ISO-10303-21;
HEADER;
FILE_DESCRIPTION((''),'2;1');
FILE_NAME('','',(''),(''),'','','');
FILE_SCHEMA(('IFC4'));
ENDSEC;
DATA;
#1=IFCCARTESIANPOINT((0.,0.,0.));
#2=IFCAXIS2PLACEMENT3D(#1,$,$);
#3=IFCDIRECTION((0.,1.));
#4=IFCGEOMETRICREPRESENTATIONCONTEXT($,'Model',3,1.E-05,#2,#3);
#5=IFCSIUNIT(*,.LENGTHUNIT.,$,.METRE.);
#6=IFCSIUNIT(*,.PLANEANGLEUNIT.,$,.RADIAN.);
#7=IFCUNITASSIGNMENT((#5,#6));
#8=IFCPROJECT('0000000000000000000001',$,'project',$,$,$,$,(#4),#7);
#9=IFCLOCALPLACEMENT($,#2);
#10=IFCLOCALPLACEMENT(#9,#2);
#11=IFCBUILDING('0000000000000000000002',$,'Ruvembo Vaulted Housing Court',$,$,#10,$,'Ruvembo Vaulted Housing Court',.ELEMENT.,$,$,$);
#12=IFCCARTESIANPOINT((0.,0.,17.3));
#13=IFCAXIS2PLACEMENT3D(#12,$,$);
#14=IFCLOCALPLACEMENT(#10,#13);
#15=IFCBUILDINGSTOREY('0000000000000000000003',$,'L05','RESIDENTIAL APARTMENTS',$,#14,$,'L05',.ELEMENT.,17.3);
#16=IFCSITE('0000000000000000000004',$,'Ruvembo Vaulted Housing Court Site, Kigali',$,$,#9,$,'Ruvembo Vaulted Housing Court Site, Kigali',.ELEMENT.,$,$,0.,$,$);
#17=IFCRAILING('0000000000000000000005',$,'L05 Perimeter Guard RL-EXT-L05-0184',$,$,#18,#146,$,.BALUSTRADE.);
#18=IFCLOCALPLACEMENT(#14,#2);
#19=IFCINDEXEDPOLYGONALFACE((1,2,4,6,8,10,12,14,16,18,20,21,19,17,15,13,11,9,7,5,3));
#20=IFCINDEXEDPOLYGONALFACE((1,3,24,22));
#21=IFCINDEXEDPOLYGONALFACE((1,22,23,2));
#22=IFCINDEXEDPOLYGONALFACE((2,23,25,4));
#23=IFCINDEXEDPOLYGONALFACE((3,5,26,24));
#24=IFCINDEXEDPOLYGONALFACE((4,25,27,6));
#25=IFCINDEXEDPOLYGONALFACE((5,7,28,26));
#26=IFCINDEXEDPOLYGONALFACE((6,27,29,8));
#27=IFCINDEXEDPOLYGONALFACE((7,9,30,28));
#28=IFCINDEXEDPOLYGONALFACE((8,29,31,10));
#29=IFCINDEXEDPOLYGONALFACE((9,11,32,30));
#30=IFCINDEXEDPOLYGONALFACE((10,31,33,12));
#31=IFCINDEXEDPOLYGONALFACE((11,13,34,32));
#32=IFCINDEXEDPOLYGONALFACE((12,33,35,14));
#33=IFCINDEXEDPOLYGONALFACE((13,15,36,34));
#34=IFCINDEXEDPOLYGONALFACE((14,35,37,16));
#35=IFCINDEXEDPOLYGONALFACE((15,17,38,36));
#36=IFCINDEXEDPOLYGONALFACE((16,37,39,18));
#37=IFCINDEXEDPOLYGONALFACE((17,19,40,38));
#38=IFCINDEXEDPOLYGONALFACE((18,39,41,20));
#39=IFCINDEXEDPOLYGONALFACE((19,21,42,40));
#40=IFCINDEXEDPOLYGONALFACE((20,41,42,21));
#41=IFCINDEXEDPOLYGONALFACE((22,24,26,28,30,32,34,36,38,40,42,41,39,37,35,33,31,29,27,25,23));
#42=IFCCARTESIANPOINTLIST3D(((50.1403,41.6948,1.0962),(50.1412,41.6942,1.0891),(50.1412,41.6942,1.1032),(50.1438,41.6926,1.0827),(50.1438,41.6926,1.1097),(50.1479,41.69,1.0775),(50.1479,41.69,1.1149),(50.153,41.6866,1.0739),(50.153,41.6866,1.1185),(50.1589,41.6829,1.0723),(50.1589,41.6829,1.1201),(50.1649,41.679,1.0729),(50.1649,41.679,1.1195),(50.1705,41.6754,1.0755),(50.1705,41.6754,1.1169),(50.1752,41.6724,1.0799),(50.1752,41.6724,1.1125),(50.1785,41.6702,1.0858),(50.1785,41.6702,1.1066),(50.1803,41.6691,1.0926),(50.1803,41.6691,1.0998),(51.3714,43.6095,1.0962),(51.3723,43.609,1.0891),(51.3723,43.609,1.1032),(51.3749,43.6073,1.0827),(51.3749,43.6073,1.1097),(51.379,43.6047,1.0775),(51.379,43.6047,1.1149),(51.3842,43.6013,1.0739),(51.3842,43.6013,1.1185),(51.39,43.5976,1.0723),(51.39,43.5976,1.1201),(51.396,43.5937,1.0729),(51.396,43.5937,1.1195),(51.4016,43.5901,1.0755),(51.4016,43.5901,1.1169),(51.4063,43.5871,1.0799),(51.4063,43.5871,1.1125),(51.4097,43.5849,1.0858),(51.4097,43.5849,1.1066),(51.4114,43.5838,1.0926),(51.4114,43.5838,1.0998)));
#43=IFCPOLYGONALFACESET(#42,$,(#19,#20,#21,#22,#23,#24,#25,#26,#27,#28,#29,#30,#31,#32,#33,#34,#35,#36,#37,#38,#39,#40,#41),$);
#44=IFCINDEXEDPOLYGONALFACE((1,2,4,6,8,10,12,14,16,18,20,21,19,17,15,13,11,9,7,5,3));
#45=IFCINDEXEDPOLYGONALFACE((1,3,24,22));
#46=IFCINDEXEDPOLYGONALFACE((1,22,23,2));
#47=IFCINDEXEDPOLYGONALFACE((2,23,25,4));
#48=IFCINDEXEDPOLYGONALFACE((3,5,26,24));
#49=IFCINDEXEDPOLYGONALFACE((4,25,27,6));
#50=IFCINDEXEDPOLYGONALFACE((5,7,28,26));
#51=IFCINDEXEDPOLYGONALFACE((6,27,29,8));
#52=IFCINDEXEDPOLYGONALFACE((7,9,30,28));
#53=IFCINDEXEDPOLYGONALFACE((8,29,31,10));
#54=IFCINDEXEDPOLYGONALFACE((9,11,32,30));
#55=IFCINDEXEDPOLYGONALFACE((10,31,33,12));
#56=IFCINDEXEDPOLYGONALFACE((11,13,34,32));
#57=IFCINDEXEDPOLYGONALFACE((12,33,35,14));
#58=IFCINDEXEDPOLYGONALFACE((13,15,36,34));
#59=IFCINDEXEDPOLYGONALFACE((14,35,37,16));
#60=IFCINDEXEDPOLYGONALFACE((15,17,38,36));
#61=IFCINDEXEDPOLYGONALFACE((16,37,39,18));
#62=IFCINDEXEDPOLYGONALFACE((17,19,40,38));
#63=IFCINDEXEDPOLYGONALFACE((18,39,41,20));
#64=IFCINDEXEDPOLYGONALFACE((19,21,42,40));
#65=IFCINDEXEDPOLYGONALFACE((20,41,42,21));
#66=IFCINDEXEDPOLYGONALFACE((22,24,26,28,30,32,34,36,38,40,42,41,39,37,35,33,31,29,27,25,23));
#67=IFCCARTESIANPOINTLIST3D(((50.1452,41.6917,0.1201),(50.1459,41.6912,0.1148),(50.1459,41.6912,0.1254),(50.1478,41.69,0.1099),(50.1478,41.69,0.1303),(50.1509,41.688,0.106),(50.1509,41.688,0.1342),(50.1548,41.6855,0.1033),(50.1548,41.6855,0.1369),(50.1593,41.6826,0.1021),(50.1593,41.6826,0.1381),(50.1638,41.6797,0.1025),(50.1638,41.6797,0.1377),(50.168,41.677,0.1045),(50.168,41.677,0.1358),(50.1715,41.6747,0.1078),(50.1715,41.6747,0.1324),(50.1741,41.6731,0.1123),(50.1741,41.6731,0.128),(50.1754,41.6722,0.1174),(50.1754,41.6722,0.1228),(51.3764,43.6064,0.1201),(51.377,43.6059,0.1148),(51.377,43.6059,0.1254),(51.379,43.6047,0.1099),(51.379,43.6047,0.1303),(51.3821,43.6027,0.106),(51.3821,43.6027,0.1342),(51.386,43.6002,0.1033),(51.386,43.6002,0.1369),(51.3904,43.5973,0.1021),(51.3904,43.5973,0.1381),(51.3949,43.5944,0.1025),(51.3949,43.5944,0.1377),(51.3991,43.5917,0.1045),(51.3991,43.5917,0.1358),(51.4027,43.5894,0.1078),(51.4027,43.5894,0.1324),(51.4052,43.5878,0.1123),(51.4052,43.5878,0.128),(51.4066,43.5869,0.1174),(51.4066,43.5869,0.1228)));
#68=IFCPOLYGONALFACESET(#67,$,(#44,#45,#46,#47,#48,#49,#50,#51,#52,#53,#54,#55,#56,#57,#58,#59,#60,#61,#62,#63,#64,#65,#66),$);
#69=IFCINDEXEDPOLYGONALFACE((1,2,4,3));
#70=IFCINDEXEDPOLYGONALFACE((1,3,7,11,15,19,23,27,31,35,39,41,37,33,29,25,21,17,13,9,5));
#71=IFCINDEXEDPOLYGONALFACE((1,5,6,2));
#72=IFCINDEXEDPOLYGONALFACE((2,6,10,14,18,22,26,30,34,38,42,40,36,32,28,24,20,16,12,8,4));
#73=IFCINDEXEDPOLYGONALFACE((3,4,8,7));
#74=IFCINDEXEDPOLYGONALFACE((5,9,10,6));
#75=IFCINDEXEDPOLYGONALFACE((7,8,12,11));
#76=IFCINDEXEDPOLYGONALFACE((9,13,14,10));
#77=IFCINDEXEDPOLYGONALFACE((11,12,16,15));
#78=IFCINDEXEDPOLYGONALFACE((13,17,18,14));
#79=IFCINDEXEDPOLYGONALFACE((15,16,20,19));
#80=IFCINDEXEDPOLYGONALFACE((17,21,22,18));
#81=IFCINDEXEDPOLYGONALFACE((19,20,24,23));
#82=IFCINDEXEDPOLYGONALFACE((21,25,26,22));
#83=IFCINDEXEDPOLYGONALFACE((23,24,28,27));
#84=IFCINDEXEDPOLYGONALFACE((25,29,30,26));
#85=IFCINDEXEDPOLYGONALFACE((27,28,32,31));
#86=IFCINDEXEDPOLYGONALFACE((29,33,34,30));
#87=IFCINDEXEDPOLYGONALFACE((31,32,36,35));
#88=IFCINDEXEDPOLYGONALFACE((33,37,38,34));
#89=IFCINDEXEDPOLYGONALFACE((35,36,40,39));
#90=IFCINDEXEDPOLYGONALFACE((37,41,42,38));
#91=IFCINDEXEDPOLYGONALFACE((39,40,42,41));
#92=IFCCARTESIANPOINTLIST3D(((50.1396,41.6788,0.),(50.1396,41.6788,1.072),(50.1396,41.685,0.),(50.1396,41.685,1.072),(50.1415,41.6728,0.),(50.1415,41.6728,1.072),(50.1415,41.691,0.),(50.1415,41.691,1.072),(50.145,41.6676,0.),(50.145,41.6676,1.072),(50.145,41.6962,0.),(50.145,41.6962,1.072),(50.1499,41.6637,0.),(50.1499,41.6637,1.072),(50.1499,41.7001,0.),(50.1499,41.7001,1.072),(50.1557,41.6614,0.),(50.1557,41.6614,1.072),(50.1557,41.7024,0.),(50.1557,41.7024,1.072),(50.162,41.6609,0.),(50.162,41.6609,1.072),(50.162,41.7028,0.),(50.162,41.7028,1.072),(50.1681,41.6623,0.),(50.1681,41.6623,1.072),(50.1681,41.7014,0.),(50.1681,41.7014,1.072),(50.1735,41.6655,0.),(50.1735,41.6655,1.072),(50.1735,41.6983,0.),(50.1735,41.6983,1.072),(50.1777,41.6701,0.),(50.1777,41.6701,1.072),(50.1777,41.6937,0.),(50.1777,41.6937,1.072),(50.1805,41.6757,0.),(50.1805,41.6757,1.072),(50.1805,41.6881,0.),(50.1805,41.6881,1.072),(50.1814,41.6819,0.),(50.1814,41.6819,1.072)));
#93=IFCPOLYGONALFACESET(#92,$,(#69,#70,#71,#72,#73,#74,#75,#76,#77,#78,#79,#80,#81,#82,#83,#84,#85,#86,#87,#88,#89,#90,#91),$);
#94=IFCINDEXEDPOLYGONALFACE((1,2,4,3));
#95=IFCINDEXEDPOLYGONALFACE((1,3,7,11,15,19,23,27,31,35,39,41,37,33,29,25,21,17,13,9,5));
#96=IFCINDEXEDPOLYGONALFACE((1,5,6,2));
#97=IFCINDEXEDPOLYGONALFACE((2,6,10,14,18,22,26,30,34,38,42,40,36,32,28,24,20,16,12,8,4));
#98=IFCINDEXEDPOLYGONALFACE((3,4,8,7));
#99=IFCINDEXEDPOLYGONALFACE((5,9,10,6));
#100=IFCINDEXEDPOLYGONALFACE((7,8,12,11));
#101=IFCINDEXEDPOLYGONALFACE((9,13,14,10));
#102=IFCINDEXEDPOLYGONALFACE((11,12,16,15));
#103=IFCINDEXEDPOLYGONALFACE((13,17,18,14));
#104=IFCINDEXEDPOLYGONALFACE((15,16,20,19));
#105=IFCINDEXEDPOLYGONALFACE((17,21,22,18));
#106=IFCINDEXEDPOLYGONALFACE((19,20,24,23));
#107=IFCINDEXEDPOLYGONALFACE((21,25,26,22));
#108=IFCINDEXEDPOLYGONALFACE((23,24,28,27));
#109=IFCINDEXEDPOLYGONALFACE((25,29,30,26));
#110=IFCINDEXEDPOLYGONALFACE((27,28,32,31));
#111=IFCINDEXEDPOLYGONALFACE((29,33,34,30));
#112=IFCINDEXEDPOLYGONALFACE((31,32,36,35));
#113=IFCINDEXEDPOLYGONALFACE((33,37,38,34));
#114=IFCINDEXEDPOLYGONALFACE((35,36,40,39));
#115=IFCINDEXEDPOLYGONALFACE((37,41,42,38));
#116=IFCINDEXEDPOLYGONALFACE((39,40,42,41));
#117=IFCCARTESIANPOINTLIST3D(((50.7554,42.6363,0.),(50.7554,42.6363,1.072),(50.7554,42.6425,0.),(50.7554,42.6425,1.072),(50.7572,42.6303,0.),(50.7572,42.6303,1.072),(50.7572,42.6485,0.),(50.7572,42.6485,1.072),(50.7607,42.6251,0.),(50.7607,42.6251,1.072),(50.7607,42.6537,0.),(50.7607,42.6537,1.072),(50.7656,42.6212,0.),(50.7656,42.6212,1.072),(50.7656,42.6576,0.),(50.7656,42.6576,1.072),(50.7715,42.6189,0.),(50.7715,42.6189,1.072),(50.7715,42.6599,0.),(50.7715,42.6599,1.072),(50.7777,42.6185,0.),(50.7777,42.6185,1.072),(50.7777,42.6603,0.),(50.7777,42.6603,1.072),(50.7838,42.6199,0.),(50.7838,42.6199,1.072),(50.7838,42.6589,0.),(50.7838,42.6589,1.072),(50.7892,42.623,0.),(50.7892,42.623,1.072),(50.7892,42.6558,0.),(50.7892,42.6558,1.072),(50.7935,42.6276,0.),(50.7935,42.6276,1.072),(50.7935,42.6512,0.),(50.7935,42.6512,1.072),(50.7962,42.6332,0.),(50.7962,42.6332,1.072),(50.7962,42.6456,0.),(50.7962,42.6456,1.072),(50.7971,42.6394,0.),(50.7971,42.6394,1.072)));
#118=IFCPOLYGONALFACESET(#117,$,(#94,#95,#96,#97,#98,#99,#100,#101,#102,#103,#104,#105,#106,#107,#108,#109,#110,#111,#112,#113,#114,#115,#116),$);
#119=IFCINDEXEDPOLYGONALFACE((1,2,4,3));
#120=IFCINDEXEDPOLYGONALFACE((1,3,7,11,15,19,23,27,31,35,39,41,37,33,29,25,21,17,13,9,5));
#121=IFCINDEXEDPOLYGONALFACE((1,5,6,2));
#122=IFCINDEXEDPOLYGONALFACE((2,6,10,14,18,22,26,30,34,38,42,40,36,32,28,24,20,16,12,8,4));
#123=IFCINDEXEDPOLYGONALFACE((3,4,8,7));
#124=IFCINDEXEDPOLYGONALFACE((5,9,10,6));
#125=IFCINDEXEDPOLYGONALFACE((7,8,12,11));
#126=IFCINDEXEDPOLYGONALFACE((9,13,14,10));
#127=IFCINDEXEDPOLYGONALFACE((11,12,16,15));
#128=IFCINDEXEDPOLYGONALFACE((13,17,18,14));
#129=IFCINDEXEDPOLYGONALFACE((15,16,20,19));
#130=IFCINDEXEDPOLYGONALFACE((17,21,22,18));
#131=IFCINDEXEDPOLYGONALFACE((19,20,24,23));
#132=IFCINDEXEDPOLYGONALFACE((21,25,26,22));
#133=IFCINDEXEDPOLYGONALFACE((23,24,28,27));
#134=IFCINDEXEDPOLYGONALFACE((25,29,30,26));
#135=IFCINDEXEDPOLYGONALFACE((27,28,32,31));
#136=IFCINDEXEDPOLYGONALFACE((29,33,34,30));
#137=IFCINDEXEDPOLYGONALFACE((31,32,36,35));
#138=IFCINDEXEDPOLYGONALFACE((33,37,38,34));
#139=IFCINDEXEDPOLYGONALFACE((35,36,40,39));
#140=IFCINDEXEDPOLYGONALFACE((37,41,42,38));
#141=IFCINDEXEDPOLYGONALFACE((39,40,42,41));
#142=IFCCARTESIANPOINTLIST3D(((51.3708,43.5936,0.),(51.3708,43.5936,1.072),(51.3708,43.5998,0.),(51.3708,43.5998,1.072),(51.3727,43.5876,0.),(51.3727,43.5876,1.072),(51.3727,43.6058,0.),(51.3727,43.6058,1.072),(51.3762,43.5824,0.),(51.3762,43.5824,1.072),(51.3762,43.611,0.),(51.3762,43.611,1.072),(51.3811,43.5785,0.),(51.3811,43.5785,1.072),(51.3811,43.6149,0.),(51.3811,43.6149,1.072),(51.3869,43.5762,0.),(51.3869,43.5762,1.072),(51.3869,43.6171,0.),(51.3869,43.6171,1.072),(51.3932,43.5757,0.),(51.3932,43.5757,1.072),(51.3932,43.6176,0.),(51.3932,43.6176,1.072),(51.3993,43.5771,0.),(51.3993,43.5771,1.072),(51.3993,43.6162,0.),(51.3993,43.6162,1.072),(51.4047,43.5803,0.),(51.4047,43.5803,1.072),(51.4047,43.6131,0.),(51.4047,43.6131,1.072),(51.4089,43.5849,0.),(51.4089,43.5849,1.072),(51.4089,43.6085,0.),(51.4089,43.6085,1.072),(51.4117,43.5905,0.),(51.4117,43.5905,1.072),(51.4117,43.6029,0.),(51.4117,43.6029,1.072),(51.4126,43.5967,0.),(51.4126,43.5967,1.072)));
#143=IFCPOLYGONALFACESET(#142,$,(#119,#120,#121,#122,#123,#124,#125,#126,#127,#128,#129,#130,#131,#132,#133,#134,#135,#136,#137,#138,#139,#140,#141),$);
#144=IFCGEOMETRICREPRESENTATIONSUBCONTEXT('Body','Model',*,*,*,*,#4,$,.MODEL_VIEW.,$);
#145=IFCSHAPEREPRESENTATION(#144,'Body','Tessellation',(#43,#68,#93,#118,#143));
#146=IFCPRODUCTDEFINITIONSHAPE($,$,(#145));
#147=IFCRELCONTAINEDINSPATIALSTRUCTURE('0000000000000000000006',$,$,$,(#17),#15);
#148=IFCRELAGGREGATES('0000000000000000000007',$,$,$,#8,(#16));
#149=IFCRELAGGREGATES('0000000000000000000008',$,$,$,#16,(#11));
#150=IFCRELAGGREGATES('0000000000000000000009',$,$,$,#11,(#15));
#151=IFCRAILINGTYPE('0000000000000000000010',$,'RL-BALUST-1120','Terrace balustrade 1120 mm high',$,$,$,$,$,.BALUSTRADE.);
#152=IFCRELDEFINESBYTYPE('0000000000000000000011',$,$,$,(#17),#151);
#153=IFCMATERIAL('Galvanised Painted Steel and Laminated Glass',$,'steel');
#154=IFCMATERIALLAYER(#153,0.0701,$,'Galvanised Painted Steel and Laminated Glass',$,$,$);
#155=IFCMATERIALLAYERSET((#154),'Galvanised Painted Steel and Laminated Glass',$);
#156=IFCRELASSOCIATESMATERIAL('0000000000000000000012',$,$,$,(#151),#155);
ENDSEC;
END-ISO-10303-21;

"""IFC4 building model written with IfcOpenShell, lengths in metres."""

from ifc_helpers import new_model, si_unit, direction, frame, origin, origin_2d, place, context, subcontext, project, spatial, circle, extrude, material, layer, layer_set, type_object, element, save


model = new_model("IFC4")

# Units and contexts
model_context = context("Model", 3, precision=1e-05, world=origin(), true_north=direction((0.0, 1.0)))
body_context = subcontext(model_context, "Body", "Model", "MODEL_VIEW")
ifc_project = project(units=[si_unit("LENGTHUNIT", "METRE"), si_unit("PLANEANGLEUNIT", "RADIAN")], contexts=[model_context])

# Site, building, storey
site_placement = place(None, origin())
site = spatial("IfcSite", under=ifc_project, at=site_placement, Name="Ruvembo Vaulted Housing Court Site, Kigali", LongName="Ruvembo Vaulted Housing Court Site, Kigali", CompositionType="ELEMENT", RefElevation=0.0)
building_placement = place(site_placement, origin())
building = spatial("IfcBuilding", under=site, at=building_placement, Name="Ruvembo Vaulted Housing Court", LongName="Ruvembo Vaulted Housing Court", CompositionType="ELEMENT")
storey_placement = place(building_placement, frame((0.0, 0.0, 17.3)))
storey = spatial("IfcBuildingStorey", under=building, at=storey_placement, Name="L05", Description="RESIDENTIAL APARTMENTS", LongName="L05", CompositionType="ELEMENT", Elevation=17.3)

# Railing
ifc_material_1 = material(Name="Galvanised Painted Steel and Laminated Glass", Category="steel")
ifc_layer_1 = layer(ifc_material_1, 0.0701, Name="Galvanised Painted Steel and Laminated Glass")
ifc_layer_set_1 = layer_set([ifc_layer_1], Name="Galvanised Painted Steel and Laminated Glass")
railing_type = type_object("IfcRailingType", Name="RL-BALUST-1120", Description="Terrace balustrade 1120 mm high", PredefinedType="BALUSTRADE", material=ifc_layer_set_1)
railing_1_placement = place(storey_placement, frame((50.1604, 41.6819, 0.0)))
element("IfcRailing", 1, at=railing_1_placement, inside=storey, type_object=railing_type, Name="L05 Perimeter Guard RL-EXT-L05-0184", PredefinedType="BALUSTRADE", context=body_context, shape_type="SweptSolid", body=[
    extrude(circle(Radius=0.0239, at=origin_2d()), frame((0.0, 0.0, 1.0962), z_axis=(0.540839, 0.841126, 0.0), x_axis=(-0.841126, 0.540839, 0.0)), (0.0, 0.0, 1.0), 2.2764),
    extrude(circle(Radius=0.0181, at=origin_2d()), frame((0.0, 0.0, 0.1201), z_axis=(0.540839, 0.841126, 0.0), x_axis=(-0.841126, 0.540839, 0.0)), (0.0, 0.0, 1.0), 2.2764),
    extrude(circle(Radius=0.021, at=origin_2d()), origin(), (0.0, 0.0, 1.0), 1.072),
    extrude(circle(Radius=0.021, at=origin_2d()), frame((0.6157, 0.9575, 0.0)), (0.0, 0.0, 1.0), 1.072),
    extrude(circle(Radius=0.021, at=origin_2d()), frame((1.2312, 1.9148, 0.0)), (0.0, 0.0, 1.0), 1.072),
])

save(model, "model.ifc")
